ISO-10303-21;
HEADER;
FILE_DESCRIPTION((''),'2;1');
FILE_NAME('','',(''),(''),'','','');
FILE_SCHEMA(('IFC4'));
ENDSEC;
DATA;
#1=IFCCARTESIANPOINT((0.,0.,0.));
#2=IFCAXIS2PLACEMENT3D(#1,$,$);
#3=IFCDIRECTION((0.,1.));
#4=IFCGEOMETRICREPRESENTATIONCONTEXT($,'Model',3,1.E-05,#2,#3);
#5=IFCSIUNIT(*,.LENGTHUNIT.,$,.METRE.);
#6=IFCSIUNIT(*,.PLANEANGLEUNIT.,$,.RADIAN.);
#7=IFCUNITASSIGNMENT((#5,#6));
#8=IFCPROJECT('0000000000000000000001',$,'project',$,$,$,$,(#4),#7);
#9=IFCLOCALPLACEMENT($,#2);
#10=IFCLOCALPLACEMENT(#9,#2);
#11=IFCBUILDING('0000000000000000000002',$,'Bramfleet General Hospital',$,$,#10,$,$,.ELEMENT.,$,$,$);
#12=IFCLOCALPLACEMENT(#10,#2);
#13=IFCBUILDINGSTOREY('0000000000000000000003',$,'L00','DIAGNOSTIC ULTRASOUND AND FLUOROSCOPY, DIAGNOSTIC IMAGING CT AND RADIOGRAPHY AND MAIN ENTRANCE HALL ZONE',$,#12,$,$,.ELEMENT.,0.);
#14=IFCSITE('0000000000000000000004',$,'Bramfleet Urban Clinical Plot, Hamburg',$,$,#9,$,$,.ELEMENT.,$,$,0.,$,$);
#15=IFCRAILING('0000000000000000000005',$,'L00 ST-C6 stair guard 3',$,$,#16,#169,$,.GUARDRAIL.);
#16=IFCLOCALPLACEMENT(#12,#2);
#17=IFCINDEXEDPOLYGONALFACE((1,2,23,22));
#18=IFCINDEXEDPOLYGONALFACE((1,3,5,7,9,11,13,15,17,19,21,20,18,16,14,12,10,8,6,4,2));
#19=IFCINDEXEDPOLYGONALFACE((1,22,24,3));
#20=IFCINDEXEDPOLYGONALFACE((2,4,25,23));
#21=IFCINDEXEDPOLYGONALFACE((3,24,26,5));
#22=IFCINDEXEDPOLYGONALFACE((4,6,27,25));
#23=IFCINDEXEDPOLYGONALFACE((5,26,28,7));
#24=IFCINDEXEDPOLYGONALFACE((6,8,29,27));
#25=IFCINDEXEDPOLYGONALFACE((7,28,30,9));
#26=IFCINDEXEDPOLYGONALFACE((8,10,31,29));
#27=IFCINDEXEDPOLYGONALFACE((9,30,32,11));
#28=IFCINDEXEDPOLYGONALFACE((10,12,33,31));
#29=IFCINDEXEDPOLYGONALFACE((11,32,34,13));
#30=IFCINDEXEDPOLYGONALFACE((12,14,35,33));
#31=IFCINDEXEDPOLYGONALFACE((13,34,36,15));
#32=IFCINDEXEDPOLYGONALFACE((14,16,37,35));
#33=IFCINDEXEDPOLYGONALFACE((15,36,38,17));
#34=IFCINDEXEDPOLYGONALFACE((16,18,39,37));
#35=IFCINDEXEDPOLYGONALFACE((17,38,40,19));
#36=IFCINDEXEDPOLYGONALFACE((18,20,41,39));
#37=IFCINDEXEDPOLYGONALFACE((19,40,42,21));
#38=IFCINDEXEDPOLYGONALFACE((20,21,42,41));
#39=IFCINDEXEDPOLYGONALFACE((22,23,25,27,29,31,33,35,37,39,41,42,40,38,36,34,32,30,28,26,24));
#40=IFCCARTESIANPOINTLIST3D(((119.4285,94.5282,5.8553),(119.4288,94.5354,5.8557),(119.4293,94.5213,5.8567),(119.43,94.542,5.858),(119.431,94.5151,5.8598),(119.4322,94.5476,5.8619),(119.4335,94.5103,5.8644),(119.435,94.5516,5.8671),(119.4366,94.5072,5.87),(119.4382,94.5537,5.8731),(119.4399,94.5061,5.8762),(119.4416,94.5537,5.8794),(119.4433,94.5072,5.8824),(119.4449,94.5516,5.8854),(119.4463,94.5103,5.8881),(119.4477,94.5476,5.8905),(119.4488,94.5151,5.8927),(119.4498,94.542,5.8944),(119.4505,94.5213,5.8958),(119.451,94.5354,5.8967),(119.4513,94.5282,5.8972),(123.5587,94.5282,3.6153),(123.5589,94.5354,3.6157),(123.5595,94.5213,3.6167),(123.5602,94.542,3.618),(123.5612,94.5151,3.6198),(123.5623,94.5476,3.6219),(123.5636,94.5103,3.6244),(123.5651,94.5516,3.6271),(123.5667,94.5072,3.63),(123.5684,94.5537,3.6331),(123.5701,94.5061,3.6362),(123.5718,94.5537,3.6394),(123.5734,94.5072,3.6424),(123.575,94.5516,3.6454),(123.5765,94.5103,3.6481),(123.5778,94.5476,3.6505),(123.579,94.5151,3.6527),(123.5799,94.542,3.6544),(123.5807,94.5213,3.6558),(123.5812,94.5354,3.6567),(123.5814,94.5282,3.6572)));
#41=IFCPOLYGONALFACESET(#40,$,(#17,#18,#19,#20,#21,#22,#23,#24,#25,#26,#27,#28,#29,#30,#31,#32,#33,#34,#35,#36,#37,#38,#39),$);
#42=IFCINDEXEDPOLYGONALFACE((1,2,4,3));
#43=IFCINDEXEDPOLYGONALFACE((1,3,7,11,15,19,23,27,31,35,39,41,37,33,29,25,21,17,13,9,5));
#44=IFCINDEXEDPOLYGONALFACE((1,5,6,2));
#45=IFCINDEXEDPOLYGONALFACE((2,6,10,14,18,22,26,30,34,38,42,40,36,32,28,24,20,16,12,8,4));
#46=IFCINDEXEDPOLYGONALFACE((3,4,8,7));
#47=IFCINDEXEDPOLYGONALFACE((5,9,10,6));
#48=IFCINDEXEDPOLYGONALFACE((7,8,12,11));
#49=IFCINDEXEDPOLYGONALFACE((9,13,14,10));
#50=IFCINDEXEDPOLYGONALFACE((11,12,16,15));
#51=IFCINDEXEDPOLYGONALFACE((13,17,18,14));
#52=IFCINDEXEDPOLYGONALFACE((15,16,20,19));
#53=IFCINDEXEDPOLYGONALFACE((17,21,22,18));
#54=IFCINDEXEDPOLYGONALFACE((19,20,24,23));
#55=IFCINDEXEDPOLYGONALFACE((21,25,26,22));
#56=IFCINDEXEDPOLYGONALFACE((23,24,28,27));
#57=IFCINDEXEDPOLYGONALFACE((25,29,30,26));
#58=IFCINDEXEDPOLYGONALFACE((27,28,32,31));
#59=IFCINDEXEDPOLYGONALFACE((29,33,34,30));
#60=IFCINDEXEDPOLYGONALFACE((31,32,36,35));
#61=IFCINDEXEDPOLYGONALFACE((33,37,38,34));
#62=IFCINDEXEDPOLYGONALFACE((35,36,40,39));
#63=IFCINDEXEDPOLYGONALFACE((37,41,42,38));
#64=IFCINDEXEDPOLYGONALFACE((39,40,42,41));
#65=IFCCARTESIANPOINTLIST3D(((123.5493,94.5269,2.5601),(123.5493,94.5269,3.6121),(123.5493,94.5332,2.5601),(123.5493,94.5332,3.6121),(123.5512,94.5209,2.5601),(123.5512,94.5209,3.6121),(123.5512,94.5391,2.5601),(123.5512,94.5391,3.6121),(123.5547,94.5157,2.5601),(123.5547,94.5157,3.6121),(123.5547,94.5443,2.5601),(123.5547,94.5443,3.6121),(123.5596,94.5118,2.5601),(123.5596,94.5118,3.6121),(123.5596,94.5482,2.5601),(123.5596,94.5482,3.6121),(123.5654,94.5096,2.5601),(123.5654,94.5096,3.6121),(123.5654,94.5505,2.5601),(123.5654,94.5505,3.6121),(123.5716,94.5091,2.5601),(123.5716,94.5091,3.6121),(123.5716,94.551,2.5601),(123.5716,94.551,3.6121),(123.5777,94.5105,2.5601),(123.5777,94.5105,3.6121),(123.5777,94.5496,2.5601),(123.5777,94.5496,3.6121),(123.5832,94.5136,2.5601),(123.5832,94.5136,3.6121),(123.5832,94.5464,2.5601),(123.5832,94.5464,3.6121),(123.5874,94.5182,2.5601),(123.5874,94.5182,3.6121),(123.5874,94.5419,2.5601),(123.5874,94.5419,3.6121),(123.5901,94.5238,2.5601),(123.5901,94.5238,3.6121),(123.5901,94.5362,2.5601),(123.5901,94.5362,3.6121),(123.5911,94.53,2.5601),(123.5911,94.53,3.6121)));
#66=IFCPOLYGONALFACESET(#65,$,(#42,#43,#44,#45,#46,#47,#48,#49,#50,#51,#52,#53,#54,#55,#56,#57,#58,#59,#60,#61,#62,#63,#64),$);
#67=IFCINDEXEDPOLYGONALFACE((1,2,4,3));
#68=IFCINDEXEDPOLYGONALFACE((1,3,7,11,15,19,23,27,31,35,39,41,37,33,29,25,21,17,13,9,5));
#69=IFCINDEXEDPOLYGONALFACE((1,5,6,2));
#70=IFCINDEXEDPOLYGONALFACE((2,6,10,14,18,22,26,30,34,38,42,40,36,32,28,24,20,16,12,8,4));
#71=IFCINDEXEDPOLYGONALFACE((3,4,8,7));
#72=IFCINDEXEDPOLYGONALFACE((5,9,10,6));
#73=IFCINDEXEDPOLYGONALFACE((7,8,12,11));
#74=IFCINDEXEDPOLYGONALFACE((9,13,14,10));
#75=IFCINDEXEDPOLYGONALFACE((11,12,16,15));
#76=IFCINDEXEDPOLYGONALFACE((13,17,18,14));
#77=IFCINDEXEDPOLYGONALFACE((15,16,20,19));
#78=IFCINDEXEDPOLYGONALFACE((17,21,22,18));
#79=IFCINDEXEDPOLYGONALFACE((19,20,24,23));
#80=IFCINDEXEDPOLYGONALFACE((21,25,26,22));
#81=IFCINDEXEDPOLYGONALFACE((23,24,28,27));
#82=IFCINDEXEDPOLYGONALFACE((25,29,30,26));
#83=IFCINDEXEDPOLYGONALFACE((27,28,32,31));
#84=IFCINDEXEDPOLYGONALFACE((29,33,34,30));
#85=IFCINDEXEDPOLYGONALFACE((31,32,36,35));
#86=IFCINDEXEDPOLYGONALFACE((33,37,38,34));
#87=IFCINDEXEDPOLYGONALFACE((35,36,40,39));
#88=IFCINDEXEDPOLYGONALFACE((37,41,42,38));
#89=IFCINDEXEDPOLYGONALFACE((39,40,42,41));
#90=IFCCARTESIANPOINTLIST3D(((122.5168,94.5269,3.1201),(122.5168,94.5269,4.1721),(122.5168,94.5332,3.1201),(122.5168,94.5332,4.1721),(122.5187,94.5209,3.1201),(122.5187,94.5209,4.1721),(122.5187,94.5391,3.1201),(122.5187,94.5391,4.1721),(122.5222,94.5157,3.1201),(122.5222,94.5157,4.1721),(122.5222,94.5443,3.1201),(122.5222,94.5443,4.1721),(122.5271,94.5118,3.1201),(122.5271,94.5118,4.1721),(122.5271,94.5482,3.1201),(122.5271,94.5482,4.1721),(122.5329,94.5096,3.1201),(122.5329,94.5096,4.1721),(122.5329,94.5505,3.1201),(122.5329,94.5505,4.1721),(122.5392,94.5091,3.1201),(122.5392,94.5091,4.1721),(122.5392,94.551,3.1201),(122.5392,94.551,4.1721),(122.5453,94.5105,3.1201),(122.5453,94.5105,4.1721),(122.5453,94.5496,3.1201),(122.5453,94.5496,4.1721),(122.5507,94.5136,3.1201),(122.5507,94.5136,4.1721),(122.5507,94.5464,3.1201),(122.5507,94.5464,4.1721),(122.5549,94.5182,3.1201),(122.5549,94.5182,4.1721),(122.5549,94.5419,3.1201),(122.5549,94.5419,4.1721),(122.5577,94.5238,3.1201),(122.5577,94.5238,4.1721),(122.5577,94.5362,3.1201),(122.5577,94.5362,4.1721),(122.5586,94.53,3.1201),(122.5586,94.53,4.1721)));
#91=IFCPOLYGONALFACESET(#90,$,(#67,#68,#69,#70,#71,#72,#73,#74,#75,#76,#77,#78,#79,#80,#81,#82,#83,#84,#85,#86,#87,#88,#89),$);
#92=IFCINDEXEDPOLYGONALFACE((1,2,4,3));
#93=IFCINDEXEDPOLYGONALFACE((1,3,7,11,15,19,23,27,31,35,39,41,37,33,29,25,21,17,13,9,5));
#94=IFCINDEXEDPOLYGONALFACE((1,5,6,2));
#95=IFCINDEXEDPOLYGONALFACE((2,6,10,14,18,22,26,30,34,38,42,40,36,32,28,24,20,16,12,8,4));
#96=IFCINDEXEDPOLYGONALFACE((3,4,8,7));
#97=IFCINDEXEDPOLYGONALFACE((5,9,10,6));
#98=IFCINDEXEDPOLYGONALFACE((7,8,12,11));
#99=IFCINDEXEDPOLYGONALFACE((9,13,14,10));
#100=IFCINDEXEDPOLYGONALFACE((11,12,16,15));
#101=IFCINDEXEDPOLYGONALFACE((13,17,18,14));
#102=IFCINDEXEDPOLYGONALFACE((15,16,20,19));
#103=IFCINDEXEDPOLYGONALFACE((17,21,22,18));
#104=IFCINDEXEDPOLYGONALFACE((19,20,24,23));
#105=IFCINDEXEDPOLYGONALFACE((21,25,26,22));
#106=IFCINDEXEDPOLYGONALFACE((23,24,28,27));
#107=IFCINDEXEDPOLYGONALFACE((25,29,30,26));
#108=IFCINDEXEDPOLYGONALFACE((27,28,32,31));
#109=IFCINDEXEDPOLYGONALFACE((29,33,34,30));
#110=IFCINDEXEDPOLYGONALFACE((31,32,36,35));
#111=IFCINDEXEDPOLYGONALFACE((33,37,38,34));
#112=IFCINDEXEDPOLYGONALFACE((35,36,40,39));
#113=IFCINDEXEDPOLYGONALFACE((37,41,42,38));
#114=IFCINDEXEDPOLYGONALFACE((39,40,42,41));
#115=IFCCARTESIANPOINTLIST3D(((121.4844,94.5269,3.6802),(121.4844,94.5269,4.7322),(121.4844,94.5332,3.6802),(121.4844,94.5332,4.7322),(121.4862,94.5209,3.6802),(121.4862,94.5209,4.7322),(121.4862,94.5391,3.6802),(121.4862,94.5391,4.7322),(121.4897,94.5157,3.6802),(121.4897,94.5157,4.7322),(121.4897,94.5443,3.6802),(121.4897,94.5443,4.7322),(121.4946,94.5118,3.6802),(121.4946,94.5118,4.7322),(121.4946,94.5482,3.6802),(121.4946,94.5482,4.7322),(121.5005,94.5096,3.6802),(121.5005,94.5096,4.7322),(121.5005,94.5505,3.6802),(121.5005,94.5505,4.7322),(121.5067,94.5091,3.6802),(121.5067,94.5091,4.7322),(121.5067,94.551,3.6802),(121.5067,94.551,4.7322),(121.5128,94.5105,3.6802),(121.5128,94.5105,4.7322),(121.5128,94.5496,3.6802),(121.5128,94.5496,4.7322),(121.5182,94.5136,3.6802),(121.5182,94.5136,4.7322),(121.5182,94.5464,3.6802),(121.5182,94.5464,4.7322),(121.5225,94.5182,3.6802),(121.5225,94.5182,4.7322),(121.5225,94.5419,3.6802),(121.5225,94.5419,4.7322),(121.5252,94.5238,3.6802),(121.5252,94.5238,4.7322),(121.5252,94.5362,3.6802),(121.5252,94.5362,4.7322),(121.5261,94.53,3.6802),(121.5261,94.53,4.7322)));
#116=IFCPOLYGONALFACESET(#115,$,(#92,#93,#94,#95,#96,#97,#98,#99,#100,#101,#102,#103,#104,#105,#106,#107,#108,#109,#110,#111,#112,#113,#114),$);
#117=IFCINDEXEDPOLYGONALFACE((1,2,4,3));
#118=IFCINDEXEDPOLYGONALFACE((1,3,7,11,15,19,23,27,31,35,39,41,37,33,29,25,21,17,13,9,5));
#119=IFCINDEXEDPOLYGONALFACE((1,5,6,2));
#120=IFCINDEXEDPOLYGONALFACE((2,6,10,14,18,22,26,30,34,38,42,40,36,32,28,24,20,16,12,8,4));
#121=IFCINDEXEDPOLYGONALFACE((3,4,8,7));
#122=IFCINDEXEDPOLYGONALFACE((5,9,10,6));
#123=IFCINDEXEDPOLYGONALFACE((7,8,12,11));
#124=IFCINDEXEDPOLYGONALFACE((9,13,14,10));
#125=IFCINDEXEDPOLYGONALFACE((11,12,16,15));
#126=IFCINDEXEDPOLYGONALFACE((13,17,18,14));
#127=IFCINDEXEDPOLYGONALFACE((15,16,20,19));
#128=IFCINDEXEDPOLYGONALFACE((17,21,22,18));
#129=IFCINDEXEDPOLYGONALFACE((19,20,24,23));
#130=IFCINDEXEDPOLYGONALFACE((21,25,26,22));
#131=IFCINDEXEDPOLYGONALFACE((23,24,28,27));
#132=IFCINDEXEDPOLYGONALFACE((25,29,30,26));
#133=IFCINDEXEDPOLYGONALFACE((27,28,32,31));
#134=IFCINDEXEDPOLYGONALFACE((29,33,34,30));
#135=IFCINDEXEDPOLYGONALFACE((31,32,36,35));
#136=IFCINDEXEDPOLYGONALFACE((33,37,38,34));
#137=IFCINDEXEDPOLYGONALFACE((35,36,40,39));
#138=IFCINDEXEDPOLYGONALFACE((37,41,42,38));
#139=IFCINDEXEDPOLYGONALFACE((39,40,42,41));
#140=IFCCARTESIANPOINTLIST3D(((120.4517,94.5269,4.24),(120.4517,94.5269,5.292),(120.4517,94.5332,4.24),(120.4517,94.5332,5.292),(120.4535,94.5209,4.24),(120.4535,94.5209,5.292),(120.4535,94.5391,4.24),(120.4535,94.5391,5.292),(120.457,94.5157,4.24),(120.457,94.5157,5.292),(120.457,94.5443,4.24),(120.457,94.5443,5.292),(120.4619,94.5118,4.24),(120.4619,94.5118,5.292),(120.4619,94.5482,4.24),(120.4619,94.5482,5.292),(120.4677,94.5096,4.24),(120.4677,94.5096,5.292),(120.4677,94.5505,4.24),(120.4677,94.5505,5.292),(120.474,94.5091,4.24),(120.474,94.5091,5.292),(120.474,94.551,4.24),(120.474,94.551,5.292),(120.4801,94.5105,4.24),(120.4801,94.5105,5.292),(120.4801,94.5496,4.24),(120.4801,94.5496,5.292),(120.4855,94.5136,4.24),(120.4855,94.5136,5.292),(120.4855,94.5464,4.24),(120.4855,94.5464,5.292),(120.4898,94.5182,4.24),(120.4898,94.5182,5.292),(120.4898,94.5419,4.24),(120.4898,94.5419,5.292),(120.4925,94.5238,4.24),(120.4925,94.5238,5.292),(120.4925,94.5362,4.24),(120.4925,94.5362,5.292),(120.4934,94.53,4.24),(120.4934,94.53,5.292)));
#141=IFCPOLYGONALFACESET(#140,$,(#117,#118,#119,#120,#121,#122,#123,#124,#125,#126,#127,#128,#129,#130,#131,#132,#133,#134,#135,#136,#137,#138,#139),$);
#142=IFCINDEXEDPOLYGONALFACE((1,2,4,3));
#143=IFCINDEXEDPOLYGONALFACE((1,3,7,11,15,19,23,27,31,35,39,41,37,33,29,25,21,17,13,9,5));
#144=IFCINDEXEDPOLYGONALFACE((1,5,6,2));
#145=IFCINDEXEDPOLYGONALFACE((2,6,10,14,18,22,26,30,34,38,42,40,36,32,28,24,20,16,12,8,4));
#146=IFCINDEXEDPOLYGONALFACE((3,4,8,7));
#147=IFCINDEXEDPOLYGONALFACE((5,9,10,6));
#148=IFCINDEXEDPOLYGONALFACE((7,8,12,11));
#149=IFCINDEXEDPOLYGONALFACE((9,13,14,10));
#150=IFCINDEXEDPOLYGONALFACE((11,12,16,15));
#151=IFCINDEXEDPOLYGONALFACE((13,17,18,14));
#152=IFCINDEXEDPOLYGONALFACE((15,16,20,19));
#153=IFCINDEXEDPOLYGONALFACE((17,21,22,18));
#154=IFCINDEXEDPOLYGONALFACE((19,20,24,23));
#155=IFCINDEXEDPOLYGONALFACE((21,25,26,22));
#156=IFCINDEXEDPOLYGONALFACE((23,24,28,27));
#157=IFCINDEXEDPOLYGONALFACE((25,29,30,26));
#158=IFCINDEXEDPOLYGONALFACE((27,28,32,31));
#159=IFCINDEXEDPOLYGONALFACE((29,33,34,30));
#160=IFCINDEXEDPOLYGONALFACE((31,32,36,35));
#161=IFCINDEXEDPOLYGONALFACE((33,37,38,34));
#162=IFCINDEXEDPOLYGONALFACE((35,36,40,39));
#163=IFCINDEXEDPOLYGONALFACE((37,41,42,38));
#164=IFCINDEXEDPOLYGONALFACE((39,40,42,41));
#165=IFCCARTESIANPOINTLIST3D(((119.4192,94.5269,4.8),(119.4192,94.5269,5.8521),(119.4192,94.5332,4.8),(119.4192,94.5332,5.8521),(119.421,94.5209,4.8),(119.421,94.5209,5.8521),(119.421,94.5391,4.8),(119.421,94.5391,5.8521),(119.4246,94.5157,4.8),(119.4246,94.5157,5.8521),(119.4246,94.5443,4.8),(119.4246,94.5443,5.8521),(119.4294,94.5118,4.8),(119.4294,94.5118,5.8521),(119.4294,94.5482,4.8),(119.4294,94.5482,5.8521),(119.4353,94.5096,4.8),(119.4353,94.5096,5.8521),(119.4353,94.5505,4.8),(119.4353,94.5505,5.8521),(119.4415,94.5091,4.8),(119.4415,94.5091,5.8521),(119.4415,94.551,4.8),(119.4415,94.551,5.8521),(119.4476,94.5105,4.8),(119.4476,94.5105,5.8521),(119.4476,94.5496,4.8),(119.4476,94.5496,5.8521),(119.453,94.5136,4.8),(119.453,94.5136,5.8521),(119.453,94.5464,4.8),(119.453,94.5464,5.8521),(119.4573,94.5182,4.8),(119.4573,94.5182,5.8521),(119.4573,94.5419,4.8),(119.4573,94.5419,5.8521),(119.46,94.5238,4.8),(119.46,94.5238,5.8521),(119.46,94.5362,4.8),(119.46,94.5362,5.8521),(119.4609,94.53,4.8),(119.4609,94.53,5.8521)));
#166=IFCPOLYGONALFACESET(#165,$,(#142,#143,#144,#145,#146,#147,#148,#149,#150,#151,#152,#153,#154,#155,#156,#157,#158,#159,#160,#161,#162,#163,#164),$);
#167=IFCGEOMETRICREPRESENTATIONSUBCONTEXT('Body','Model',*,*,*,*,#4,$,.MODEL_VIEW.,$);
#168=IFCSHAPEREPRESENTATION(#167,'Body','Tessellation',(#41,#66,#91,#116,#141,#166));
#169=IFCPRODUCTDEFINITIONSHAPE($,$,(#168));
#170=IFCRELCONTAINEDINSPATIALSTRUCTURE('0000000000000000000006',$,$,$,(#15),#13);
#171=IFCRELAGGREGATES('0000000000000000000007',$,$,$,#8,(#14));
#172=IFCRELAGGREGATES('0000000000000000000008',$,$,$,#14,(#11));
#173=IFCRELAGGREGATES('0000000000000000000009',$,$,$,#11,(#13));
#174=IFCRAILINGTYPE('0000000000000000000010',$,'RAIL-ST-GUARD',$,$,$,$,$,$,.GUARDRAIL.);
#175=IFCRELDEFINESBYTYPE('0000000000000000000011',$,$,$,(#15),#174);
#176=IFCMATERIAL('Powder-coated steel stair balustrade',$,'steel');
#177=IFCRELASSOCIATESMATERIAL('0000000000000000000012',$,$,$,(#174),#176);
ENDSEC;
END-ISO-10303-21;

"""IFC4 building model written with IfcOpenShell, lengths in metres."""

from ifc_helpers import new_model, si_unit, direction, frame, origin, origin_2d, place, context, subcontext, project, spatial, circle, extrude, material, type_object, element, save


model = new_model("IFC4")

# Units and contexts
model_context = context("Model", 3, precision=1e-05, world=origin(), true_north=direction((0.0, 1.0)))
body_context = subcontext(model_context, "Body", "Model", "MODEL_VIEW")
ifc_project = project(units=[si_unit("LENGTHUNIT", "METRE"), si_unit("PLANEANGLEUNIT", "RADIAN")], contexts=[model_context])

# Site, building, storey
site_placement = place(None, origin())
site = spatial("IfcSite", under=ifc_project, at=site_placement, Name="Bramfleet Urban Clinical Plot, Hamburg", CompositionType="ELEMENT", RefElevation=0.0)
building_placement = place(site_placement, origin())
building = spatial("IfcBuilding", under=site, at=building_placement, Name="Bramfleet General Hospital", CompositionType="ELEMENT")
storey_placement = place(building_placement, origin())
storey = spatial("IfcBuildingStorey", under=building, at=storey_placement, Name="L00", Description="DIAGNOSTIC ULTRASOUND AND FLUOROSCOPY, DIAGNOSTIC IMAGING CT AND RADIOGRAPHY AND MAIN ENTRANCE HALL ZONE", CompositionType="ELEMENT", Elevation=0.0)

# Railing
ifc_material_1 = material(Name="Powder-coated steel stair balustrade", Category="steel")
railing_type_1 = type_object("IfcRailingType", Name="RAIL-ST-GUARD", PredefinedType="GUARDRAIL", material=ifc_material_1)
railing_1_placement = place(storey_placement, frame((123.5701, 94.53, 2.5601)))
element("IfcRailing", 1, at=railing_1_placement, inside=storey, type_object=railing_type_1, Name="L00 ST-C6 stair guard 3", PredefinedType="GUARDRAIL", context=body_context, shape_type="SweptSolid", body=[
    extrude(circle(Radius=0.0239, at=origin_2d()), frame((0.0, 0.0, 1.0762), z_axis=(-0.879039, 0.0, 0.47675), x_axis=(0.0, -1.0, 0.0)), (0.0, 0.0, 1.0), 4.6985),
    extrude(circle(Radius=0.021, at=origin_2d()), origin(), (0.0, 0.0, 1.0), 1.052),
    extrude(circle(Radius=0.021, at=origin_2d()), frame((-1.0325, 0.0, 0.5601)), (0.0, 0.0, 1.0), 1.052),
    extrude(circle(Radius=0.021, at=origin_2d()), frame((-2.0649, 0.0, 1.1201)), (0.0, 0.0, 1.0), 1.052),
    extrude(circle(Radius=0.021, at=origin_2d()), frame((-3.0977, 0.0, 1.6799)), (0.0, 0.0, 1.0), 1.052),
    extrude(circle(Radius=0.021, at=origin_2d()), frame((-4.1301, 0.0, 2.24)), (0.0, 0.0, 1.0), 1.052),
])

save(model, "model.ifc")
